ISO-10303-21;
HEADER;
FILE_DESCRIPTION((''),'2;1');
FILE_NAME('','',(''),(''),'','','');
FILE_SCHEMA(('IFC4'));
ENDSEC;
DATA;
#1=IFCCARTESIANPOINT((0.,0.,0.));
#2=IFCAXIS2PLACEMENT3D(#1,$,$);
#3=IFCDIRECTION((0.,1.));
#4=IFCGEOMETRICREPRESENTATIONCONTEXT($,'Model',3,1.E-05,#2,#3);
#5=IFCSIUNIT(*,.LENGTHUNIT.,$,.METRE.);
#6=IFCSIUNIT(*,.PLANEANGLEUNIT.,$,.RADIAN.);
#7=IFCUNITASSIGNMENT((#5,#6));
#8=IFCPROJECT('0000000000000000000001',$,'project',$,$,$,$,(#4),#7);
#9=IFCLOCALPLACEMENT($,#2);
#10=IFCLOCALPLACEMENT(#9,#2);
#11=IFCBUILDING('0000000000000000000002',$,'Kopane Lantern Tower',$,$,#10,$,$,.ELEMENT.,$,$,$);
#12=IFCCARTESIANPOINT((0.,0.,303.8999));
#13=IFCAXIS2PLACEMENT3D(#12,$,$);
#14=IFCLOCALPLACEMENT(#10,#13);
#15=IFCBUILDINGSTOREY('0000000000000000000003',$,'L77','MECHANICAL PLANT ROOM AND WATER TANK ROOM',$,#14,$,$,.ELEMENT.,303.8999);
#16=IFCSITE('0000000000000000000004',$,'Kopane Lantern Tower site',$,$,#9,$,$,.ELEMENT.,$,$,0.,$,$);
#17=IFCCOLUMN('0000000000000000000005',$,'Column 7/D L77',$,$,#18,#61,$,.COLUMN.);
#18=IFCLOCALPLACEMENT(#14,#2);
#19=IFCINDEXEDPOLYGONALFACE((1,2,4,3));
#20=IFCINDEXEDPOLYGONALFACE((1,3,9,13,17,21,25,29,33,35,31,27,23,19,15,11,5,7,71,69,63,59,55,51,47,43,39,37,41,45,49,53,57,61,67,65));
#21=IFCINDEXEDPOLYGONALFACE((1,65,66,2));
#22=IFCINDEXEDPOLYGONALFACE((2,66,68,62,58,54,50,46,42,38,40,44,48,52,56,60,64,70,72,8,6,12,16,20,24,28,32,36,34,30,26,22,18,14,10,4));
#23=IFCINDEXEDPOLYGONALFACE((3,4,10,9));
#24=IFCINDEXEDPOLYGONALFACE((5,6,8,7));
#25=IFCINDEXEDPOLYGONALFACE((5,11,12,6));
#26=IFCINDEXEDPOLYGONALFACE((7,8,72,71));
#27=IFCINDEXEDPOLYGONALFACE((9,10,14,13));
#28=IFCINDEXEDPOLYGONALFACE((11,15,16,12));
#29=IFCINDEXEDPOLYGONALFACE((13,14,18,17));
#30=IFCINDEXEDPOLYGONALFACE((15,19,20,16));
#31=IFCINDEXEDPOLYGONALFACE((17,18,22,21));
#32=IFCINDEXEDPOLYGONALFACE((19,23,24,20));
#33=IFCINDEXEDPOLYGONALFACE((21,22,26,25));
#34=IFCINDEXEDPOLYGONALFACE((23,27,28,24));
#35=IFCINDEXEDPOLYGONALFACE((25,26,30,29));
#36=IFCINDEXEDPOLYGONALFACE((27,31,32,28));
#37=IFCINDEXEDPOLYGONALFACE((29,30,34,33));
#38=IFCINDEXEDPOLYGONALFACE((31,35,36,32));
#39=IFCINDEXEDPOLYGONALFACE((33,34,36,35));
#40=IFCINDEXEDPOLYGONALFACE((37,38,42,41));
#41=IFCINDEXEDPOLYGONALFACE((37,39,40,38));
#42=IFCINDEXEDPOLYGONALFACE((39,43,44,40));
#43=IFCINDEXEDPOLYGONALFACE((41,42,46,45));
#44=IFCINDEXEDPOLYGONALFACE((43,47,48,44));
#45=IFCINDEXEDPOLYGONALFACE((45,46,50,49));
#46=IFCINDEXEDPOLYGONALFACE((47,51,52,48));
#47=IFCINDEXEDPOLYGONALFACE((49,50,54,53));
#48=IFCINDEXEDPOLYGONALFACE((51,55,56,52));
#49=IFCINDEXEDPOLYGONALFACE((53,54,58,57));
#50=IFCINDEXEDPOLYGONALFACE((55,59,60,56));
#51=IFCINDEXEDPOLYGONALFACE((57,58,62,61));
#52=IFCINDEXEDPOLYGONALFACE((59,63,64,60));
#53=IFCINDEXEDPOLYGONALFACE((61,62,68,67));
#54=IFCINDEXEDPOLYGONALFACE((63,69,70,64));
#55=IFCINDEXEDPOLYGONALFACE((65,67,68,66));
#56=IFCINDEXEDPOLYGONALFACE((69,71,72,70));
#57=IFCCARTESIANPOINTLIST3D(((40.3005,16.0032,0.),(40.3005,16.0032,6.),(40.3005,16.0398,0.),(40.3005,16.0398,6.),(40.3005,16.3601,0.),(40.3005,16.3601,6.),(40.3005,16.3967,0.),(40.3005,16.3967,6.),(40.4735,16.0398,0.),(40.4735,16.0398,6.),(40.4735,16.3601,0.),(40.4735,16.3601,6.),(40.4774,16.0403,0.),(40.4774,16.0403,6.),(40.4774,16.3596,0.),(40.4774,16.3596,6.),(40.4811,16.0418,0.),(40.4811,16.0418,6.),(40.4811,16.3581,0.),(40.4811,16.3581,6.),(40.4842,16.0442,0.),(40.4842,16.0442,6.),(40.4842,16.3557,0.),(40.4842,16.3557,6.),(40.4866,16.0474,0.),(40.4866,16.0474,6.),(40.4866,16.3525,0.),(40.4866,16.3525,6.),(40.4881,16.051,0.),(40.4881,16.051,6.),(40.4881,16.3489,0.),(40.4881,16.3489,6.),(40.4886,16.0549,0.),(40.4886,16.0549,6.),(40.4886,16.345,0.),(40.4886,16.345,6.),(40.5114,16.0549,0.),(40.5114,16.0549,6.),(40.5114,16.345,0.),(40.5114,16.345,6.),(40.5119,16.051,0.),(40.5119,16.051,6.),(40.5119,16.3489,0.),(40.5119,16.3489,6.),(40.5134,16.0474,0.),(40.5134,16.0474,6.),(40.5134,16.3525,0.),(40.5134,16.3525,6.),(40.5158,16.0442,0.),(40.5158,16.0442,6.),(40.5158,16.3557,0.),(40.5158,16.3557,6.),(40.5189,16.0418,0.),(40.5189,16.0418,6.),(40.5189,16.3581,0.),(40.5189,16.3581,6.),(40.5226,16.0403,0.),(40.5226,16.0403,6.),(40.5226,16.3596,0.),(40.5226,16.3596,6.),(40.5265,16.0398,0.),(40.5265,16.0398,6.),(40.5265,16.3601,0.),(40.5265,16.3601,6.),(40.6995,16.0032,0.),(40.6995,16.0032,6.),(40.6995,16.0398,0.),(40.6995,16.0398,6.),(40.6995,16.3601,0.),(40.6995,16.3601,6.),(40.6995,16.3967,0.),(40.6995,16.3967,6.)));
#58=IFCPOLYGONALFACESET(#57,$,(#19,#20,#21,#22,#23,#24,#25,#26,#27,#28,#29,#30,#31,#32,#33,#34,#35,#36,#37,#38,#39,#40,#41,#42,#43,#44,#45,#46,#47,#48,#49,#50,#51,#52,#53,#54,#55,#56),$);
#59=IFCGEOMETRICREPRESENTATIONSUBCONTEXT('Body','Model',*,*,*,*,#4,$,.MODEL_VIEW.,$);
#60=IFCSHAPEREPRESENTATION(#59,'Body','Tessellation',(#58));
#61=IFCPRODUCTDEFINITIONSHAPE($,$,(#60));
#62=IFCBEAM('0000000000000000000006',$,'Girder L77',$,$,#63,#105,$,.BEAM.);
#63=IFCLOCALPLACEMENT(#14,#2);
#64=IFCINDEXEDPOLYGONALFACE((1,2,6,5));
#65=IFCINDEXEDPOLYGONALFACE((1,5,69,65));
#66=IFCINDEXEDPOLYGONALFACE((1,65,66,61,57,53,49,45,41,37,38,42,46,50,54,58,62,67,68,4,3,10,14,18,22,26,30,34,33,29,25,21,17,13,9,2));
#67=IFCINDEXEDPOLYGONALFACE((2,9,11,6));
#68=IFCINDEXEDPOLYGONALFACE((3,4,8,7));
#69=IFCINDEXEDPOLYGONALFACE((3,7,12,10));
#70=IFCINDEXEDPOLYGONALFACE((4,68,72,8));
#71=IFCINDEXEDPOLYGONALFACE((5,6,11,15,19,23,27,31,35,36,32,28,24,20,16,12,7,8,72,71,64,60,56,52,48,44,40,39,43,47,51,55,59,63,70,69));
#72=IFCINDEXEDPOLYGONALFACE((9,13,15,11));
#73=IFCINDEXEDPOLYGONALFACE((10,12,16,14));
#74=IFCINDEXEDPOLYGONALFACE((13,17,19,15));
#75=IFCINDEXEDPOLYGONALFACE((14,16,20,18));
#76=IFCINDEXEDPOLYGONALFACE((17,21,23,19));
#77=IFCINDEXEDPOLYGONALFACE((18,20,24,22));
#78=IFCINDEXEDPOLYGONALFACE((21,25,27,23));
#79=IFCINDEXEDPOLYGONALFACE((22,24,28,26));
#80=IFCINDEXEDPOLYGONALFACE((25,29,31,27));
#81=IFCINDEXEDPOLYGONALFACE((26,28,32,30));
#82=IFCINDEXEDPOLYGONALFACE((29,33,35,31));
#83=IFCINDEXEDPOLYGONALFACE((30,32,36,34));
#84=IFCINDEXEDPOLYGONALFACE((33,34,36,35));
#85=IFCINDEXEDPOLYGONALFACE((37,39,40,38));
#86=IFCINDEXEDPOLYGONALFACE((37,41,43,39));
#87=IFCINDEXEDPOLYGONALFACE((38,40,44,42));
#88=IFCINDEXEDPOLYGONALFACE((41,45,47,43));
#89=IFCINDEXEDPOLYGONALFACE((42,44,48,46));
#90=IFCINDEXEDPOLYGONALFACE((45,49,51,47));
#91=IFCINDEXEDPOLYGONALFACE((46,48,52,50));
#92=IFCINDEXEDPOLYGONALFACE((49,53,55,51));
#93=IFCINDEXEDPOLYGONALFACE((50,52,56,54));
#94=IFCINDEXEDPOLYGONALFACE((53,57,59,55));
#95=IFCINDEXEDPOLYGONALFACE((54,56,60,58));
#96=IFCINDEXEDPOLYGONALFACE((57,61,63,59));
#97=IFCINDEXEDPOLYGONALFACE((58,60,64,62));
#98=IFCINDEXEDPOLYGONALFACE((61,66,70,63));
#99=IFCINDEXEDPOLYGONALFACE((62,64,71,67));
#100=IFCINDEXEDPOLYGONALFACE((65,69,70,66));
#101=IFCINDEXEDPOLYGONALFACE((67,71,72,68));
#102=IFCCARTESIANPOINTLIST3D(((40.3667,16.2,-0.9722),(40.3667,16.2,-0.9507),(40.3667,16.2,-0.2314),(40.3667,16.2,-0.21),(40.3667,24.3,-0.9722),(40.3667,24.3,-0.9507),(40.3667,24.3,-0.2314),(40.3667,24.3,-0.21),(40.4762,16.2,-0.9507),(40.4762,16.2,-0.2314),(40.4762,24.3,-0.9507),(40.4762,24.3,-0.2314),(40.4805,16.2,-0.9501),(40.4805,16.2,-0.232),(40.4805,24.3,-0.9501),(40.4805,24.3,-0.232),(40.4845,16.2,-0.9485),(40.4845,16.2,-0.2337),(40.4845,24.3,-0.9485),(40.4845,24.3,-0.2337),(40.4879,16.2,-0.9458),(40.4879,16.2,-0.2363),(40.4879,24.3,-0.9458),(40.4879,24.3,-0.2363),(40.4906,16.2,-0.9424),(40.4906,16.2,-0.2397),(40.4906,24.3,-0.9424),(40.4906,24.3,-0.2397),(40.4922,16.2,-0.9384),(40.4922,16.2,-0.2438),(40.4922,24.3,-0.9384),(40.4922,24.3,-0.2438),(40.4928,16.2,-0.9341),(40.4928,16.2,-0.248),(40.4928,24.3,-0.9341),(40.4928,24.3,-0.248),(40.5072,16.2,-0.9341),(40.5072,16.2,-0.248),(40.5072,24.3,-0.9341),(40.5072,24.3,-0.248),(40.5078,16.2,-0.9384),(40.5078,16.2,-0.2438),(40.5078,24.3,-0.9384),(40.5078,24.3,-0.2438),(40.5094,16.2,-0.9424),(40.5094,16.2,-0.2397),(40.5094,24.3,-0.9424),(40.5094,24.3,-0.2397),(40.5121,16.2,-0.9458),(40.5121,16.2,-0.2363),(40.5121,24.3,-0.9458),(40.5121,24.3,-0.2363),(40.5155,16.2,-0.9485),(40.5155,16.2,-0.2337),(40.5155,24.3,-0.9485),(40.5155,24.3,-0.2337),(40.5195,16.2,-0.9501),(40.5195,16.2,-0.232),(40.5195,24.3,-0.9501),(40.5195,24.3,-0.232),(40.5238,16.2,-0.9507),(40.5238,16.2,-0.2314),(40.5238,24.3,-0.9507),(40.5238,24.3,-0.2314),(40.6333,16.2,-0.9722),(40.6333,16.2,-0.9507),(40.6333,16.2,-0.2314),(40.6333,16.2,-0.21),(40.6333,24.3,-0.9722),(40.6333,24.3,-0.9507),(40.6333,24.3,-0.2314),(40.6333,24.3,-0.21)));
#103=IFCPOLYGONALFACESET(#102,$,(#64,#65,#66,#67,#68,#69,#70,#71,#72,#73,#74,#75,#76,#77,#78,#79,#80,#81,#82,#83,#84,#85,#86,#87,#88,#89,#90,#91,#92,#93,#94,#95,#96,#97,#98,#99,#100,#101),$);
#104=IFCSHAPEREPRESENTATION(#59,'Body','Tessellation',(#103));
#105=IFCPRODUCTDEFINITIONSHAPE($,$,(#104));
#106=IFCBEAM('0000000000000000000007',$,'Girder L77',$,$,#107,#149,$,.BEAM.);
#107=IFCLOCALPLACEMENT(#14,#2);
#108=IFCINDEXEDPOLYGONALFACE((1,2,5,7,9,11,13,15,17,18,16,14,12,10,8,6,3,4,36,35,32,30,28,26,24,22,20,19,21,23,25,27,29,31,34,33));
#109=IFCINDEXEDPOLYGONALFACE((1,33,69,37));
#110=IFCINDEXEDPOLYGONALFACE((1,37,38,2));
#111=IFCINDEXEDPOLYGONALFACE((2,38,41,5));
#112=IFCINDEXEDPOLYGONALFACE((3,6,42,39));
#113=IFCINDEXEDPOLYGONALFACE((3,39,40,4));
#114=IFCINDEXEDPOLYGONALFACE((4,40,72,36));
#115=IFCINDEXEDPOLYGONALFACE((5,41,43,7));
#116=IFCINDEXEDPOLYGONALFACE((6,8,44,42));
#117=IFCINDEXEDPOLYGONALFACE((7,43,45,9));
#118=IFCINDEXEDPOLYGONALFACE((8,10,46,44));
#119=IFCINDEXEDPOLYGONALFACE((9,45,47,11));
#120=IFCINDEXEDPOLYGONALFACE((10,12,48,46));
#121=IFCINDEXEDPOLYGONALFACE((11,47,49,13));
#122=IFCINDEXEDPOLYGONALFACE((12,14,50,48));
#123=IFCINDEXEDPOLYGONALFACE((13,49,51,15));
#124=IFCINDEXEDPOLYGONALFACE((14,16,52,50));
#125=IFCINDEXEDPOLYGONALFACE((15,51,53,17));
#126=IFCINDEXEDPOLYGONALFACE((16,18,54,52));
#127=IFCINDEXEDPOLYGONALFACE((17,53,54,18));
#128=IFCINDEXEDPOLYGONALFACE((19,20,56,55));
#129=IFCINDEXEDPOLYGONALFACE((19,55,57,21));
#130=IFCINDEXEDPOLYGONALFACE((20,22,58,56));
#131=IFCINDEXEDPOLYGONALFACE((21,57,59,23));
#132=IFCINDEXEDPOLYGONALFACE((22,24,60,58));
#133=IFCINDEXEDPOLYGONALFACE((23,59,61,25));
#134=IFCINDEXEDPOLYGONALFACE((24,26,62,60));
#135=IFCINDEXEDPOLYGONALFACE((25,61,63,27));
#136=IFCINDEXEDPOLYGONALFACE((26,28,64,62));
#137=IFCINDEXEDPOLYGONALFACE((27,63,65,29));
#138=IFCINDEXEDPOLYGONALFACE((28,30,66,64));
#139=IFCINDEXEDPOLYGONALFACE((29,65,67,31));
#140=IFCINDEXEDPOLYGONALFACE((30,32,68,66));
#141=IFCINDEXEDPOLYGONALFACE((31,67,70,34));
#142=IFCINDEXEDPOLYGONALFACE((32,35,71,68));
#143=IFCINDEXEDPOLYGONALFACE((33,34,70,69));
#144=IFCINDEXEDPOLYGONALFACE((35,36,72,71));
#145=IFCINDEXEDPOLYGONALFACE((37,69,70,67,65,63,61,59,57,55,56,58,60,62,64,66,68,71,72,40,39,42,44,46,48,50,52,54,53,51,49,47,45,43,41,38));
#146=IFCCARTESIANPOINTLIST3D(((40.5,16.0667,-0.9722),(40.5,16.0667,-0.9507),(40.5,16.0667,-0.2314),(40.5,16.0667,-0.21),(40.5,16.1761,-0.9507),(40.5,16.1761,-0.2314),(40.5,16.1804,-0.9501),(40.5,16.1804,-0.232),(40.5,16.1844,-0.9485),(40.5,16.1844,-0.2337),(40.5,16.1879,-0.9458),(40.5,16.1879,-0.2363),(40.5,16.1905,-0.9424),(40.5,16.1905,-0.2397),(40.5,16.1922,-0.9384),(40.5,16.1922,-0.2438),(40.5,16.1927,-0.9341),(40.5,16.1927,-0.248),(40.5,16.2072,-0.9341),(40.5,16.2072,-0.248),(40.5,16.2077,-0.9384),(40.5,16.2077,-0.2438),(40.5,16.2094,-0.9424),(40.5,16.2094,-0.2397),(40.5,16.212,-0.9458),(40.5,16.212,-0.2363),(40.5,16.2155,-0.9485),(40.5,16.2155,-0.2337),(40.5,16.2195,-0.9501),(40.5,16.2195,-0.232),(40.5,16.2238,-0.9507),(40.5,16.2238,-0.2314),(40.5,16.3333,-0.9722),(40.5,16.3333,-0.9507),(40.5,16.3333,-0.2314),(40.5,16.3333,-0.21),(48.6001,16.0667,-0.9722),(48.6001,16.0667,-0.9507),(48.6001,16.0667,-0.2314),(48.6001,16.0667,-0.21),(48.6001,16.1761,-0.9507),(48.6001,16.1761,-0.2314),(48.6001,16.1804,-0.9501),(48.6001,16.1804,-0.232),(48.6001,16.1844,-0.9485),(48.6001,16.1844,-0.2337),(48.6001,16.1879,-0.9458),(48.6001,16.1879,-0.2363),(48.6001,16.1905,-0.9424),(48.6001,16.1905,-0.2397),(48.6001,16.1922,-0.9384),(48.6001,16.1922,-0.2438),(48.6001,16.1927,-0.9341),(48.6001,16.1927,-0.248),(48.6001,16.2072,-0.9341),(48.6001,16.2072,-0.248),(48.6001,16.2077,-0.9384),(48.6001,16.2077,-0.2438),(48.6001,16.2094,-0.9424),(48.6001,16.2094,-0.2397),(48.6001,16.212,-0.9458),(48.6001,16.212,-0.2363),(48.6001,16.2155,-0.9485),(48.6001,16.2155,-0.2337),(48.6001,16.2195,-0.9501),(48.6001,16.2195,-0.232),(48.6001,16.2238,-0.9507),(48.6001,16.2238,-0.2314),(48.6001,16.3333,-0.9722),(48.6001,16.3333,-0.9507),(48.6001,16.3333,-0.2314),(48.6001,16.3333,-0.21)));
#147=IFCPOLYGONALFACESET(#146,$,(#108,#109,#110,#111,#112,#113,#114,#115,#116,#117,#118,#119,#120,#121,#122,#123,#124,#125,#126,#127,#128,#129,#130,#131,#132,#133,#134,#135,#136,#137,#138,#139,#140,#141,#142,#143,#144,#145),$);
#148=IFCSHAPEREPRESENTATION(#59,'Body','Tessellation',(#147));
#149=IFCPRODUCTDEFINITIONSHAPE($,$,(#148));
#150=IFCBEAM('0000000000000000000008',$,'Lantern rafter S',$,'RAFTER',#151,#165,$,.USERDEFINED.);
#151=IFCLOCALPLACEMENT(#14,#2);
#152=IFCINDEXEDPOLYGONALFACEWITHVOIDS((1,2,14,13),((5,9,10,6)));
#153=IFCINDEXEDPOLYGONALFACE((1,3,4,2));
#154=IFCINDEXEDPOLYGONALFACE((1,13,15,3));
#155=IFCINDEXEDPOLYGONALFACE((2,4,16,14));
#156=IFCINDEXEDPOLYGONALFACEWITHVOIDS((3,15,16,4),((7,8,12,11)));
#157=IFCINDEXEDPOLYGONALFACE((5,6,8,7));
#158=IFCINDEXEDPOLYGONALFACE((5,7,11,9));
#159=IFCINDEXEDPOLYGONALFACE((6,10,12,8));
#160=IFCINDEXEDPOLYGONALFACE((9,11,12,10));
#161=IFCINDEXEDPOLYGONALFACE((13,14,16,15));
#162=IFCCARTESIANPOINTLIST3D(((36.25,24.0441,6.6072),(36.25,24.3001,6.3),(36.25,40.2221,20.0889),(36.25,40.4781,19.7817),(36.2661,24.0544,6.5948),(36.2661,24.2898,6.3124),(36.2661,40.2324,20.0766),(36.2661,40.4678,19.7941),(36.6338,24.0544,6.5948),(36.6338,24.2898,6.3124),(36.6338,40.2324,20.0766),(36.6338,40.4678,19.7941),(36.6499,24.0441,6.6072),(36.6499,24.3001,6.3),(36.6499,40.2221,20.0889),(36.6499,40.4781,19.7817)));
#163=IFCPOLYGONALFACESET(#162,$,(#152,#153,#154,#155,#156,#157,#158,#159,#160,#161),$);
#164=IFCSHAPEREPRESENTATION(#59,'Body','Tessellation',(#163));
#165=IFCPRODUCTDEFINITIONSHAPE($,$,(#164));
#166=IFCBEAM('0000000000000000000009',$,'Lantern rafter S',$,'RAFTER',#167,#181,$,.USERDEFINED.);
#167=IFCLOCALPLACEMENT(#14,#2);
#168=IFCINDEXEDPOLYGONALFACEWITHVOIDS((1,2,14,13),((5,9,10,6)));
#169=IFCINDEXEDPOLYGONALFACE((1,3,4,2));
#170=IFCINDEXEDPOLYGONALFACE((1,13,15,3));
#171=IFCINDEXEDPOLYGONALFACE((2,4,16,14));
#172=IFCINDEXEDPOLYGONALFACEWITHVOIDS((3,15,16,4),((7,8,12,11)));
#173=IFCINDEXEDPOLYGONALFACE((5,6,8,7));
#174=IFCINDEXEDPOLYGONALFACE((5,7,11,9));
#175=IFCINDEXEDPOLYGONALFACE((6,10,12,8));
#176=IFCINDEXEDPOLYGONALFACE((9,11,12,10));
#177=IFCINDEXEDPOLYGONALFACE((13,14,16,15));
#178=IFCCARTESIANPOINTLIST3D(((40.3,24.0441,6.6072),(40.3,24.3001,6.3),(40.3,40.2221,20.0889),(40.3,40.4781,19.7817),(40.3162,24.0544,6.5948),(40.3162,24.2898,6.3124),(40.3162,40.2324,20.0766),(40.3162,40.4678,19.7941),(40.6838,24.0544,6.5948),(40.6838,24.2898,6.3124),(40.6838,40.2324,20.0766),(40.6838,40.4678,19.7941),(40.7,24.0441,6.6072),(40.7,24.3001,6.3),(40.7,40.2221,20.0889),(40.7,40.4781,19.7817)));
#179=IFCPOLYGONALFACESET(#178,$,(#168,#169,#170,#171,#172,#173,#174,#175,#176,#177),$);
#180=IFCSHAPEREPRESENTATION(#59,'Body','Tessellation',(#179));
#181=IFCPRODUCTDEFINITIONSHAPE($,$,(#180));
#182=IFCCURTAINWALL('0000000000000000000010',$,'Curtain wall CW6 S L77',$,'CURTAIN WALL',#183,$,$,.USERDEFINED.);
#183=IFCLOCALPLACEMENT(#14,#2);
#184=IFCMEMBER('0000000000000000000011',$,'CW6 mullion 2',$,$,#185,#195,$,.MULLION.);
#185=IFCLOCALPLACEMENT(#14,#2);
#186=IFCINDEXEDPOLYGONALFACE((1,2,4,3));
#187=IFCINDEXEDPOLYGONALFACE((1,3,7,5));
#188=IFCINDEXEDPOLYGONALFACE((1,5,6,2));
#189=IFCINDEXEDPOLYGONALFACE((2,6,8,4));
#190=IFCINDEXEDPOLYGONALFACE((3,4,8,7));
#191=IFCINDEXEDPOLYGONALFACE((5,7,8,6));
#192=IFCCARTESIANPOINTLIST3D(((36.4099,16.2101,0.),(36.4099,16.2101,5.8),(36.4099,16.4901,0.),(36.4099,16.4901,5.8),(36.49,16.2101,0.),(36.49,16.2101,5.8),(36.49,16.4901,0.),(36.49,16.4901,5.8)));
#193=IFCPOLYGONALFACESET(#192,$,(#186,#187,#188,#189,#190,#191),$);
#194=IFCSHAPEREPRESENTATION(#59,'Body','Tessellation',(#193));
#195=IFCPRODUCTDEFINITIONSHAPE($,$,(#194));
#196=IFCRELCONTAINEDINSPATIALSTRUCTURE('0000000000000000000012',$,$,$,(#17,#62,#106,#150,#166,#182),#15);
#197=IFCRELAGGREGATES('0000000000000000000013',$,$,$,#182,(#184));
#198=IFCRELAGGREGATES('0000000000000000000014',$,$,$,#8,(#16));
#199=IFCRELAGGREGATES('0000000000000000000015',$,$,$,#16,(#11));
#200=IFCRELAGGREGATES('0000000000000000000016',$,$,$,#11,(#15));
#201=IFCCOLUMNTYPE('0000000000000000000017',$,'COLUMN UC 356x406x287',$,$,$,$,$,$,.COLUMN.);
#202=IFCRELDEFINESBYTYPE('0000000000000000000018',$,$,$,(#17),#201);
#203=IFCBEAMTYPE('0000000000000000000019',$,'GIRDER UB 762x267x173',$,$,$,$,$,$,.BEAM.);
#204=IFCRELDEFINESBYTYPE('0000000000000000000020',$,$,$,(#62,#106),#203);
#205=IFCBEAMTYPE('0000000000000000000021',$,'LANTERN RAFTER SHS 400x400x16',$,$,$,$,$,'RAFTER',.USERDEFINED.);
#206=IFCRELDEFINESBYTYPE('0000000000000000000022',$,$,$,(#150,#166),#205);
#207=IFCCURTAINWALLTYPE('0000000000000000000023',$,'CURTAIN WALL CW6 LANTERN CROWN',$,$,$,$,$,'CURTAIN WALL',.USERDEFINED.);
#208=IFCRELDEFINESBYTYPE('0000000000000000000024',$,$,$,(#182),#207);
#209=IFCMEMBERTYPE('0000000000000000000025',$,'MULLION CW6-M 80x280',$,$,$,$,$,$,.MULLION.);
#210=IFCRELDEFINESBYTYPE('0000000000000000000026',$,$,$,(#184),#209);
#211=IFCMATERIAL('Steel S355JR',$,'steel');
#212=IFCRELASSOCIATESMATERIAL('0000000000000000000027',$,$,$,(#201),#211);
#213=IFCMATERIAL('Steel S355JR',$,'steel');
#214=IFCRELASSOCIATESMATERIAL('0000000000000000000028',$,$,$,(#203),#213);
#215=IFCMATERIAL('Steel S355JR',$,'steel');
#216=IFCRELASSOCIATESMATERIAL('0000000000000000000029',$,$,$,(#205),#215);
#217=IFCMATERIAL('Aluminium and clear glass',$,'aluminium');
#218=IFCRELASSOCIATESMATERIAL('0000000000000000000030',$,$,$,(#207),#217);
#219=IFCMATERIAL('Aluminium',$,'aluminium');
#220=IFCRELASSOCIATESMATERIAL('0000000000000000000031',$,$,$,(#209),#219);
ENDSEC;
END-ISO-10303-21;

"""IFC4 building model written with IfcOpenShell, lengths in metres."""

from ifc_helpers import new_model, si_unit, direction, frame, origin, origin_2d, place, context, subcontext, project, spatial, rectangle, hollow_rectangle, i_section, extrude, material, material_profile, profile_set, type_object, element, aggregate, save


model = new_model("IFC4")

# Units and contexts
model_context = context("Model", 3, precision=1e-05, world=origin(), true_north=direction((0.0, 1.0)))
body_context = subcontext(model_context, "Body", "Model", "MODEL_VIEW")
ifc_project = project(units=[si_unit("LENGTHUNIT", "METRE"), si_unit("PLANEANGLEUNIT", "RADIAN")], contexts=[model_context])

# Site, building, storey
site_placement = place(None, origin())
site = spatial("IfcSite", under=ifc_project, at=site_placement, Name="Kopane Lantern Tower site", CompositionType="ELEMENT", RefElevation=0.0)
building_placement = place(site_placement, origin())
building = spatial("IfcBuilding", under=site, at=building_placement, Name="Kopane Lantern Tower", CompositionType="ELEMENT")
storey_placement = place(building_placement, frame((0.0, 0.0, 303.8999)))
storey = spatial("IfcBuildingStorey", under=building, at=storey_placement, Name="L77", Description="MECHANICAL PLANT ROOM AND WATER TANK ROOM", CompositionType="ELEMENT", Elevation=303.8999)

# Column
ifc_material_1 = material(Name="Steel S355JR", Category="steel")
ifc_material_profile_1 = material_profile(ifc_material_1, i_section(OverallWidth=0.3989, OverallDepth=0.3936, WebThickness=0.0227, FlangeThickness=0.0366, FilletRadius=0.0151, at=origin_2d()), Name="UC 356x406x287")
ifc_profile_set_1 = profile_set([ifc_material_profile_1], Name="Steel S355JR")
column_type = type_object("IfcColumnType", Name="COLUMN UC 356x406x287", PredefinedType="COLUMN", material=ifc_profile_set_1)
column_placement = place(storey_placement, frame((40.5, 16.2, 0.0), z_axis=(0.0, 0.0, 1.0), x_axis=(1.0, 0.0, 0.0)))
element("IfcColumn", 1, at=column_placement, inside=storey, type_object=column_type, Name="Column 7/D L77", PredefinedType="COLUMN", context=body_context, shape_type="SweptSolid", body=[
    extrude(i_section(OverallWidth=0.3989, OverallDepth=0.3936, WebThickness=0.0227, FlangeThickness=0.0366, FilletRadius=0.0151, at=origin_2d()), origin(), (0.0, 0.0, 1.0), 6.0),
])

# Beams
ifc_material_2 = material(Name="Steel S355JR", Category="steel")
ifc_material_profile_2 = material_profile(ifc_material_2, i_section(OverallWidth=0.2666, OverallDepth=0.7622, WebThickness=0.0144, FlangeThickness=0.0215, FilletRadius=0.0166, at=origin_2d()), Name="UB 762x267x173")
ifc_profile_set_2 = profile_set([ifc_material_profile_2], Name="Steel S355JR")
beam_type_1 = type_object("IfcBeamType", Name="GIRDER UB 762x267x173", PredefinedType="BEAM", material=ifc_profile_set_2)
for number, where, z_axis, x_axis, name in (
    (2, (40.5, 16.2, -0.5911), (0.0, 1.0, 0.0), (-1.0, 0.0, 0.0), "Girder L77"),
    (3, (40.5, 16.2, -0.5911), (1.0, 0.0, 0.0), (0.0, 1.0, 0.0), "Girder L77"),
):
    element("IfcBeam", number, at=place(storey_placement, frame(where, z_axis=z_axis, x_axis=x_axis)), inside=storey, type_object=beam_type_1, Name=name, PredefinedType="BEAM", context=body_context, shape_type="SweptSolid", body=[
        extrude(i_section(OverallWidth=0.2666, OverallDepth=0.7622, WebThickness=0.0144, FlangeThickness=0.0215, FilletRadius=0.0166, at=origin_2d()), origin(), (0.0, 0.0, 1.0), 8.1001),
    ])
ifc_material_3 = material(Name="Steel S355JR", Category="steel")
ifc_material_profile_3 = material_profile(ifc_material_3, hollow_rectangle(XDim=0.3999, YDim=0.3999, WallThickness=0.0161, at=origin_2d()), Name="RHS 400x400x16")
ifc_profile_set_3 = profile_set([ifc_material_profile_3], Name="Steel S355JR")
beam_type_2 = type_object("IfcBeamType", Name="LANTERN RAFTER SHS 400x400x16", ElementType="RAFTER", PredefinedType="USERDEFINED", material=ifc_profile_set_3)
for number, where, z_axis, x_axis, name in (
    (4, (36.45, 24.1721, 6.4536), (0.0, 0.76822, 0.640186), (-1.0, 0.0, 0.0), "Lantern rafter S"),
    (5, (40.5, 24.1721, 6.4536), (0.0, 0.76822, 0.640186), (-1.0, 0.0, 0.0), "Lantern rafter S"),
):
    element("IfcBeam", number, at=place(storey_placement, frame(where, z_axis=z_axis, x_axis=x_axis)), inside=storey, type_object=beam_type_2, Name=name, ObjectType="RAFTER", PredefinedType="USERDEFINED", context=body_context, shape_type="SweptSolid", body=[
        extrude(hollow_rectangle(XDim=0.3999, YDim=0.3999, WallThickness=0.0161, at=origin_2d()), origin(), (0.0, 0.0, 1.0), 21.0591),
    ])

# Curtain wall, member
ifc_material_4 = material(Name="Aluminium and clear glass", Category="aluminium")
curtain_wall_type = type_object("IfcCurtainWallType", Name="CURTAIN WALL CW6 LANTERN CROWN", ElementType="CURTAIN WALL", PredefinedType="USERDEFINED", material=ifc_material_4)
curtain_wall_1_placement = place(storey_placement, origin())
curtain_wall_1 = element("IfcCurtainWall", 6, at=curtain_wall_1_placement, inside=storey, type_object=curtain_wall_type, Name="Curtain wall CW6 S L77", ObjectType="CURTAIN WALL", PredefinedType="USERDEFINED")
ifc_material_5 = material(Name="Aluminium", Category="aluminium")
ifc_material_profile_4 = material_profile(ifc_material_5, rectangle(XDim=0.0801, YDim=0.28, at=origin_2d()), Name="AL 80x280")
ifc_profile_set_4 = profile_set([ifc_material_profile_4], Name="Aluminium")
member_type_1 = type_object("IfcMemberType", Name="MULLION CW6-M 80x280", PredefinedType="MULLION", material=ifc_profile_set_4)
member_1_placement = place(storey_placement, frame((36.45, 16.3501, 0.0), z_axis=(0.0, 0.0, 1.0), x_axis=(1.0, 0.0, 0.0)))
member_1 = element("IfcMember", 7, at=member_1_placement, type_object=member_type_1, Name="CW6 mullion 2", PredefinedType="MULLION", context=body_context, shape_type="SweptSolid", body=[
    extrude(rectangle(XDim=0.0801, YDim=0.28, at=origin_2d()), origin(), (0.0, 0.0, 1.0), 5.8),
])

aggregate(curtain_wall_1, [member_1])

save(model, "model.ifc")
